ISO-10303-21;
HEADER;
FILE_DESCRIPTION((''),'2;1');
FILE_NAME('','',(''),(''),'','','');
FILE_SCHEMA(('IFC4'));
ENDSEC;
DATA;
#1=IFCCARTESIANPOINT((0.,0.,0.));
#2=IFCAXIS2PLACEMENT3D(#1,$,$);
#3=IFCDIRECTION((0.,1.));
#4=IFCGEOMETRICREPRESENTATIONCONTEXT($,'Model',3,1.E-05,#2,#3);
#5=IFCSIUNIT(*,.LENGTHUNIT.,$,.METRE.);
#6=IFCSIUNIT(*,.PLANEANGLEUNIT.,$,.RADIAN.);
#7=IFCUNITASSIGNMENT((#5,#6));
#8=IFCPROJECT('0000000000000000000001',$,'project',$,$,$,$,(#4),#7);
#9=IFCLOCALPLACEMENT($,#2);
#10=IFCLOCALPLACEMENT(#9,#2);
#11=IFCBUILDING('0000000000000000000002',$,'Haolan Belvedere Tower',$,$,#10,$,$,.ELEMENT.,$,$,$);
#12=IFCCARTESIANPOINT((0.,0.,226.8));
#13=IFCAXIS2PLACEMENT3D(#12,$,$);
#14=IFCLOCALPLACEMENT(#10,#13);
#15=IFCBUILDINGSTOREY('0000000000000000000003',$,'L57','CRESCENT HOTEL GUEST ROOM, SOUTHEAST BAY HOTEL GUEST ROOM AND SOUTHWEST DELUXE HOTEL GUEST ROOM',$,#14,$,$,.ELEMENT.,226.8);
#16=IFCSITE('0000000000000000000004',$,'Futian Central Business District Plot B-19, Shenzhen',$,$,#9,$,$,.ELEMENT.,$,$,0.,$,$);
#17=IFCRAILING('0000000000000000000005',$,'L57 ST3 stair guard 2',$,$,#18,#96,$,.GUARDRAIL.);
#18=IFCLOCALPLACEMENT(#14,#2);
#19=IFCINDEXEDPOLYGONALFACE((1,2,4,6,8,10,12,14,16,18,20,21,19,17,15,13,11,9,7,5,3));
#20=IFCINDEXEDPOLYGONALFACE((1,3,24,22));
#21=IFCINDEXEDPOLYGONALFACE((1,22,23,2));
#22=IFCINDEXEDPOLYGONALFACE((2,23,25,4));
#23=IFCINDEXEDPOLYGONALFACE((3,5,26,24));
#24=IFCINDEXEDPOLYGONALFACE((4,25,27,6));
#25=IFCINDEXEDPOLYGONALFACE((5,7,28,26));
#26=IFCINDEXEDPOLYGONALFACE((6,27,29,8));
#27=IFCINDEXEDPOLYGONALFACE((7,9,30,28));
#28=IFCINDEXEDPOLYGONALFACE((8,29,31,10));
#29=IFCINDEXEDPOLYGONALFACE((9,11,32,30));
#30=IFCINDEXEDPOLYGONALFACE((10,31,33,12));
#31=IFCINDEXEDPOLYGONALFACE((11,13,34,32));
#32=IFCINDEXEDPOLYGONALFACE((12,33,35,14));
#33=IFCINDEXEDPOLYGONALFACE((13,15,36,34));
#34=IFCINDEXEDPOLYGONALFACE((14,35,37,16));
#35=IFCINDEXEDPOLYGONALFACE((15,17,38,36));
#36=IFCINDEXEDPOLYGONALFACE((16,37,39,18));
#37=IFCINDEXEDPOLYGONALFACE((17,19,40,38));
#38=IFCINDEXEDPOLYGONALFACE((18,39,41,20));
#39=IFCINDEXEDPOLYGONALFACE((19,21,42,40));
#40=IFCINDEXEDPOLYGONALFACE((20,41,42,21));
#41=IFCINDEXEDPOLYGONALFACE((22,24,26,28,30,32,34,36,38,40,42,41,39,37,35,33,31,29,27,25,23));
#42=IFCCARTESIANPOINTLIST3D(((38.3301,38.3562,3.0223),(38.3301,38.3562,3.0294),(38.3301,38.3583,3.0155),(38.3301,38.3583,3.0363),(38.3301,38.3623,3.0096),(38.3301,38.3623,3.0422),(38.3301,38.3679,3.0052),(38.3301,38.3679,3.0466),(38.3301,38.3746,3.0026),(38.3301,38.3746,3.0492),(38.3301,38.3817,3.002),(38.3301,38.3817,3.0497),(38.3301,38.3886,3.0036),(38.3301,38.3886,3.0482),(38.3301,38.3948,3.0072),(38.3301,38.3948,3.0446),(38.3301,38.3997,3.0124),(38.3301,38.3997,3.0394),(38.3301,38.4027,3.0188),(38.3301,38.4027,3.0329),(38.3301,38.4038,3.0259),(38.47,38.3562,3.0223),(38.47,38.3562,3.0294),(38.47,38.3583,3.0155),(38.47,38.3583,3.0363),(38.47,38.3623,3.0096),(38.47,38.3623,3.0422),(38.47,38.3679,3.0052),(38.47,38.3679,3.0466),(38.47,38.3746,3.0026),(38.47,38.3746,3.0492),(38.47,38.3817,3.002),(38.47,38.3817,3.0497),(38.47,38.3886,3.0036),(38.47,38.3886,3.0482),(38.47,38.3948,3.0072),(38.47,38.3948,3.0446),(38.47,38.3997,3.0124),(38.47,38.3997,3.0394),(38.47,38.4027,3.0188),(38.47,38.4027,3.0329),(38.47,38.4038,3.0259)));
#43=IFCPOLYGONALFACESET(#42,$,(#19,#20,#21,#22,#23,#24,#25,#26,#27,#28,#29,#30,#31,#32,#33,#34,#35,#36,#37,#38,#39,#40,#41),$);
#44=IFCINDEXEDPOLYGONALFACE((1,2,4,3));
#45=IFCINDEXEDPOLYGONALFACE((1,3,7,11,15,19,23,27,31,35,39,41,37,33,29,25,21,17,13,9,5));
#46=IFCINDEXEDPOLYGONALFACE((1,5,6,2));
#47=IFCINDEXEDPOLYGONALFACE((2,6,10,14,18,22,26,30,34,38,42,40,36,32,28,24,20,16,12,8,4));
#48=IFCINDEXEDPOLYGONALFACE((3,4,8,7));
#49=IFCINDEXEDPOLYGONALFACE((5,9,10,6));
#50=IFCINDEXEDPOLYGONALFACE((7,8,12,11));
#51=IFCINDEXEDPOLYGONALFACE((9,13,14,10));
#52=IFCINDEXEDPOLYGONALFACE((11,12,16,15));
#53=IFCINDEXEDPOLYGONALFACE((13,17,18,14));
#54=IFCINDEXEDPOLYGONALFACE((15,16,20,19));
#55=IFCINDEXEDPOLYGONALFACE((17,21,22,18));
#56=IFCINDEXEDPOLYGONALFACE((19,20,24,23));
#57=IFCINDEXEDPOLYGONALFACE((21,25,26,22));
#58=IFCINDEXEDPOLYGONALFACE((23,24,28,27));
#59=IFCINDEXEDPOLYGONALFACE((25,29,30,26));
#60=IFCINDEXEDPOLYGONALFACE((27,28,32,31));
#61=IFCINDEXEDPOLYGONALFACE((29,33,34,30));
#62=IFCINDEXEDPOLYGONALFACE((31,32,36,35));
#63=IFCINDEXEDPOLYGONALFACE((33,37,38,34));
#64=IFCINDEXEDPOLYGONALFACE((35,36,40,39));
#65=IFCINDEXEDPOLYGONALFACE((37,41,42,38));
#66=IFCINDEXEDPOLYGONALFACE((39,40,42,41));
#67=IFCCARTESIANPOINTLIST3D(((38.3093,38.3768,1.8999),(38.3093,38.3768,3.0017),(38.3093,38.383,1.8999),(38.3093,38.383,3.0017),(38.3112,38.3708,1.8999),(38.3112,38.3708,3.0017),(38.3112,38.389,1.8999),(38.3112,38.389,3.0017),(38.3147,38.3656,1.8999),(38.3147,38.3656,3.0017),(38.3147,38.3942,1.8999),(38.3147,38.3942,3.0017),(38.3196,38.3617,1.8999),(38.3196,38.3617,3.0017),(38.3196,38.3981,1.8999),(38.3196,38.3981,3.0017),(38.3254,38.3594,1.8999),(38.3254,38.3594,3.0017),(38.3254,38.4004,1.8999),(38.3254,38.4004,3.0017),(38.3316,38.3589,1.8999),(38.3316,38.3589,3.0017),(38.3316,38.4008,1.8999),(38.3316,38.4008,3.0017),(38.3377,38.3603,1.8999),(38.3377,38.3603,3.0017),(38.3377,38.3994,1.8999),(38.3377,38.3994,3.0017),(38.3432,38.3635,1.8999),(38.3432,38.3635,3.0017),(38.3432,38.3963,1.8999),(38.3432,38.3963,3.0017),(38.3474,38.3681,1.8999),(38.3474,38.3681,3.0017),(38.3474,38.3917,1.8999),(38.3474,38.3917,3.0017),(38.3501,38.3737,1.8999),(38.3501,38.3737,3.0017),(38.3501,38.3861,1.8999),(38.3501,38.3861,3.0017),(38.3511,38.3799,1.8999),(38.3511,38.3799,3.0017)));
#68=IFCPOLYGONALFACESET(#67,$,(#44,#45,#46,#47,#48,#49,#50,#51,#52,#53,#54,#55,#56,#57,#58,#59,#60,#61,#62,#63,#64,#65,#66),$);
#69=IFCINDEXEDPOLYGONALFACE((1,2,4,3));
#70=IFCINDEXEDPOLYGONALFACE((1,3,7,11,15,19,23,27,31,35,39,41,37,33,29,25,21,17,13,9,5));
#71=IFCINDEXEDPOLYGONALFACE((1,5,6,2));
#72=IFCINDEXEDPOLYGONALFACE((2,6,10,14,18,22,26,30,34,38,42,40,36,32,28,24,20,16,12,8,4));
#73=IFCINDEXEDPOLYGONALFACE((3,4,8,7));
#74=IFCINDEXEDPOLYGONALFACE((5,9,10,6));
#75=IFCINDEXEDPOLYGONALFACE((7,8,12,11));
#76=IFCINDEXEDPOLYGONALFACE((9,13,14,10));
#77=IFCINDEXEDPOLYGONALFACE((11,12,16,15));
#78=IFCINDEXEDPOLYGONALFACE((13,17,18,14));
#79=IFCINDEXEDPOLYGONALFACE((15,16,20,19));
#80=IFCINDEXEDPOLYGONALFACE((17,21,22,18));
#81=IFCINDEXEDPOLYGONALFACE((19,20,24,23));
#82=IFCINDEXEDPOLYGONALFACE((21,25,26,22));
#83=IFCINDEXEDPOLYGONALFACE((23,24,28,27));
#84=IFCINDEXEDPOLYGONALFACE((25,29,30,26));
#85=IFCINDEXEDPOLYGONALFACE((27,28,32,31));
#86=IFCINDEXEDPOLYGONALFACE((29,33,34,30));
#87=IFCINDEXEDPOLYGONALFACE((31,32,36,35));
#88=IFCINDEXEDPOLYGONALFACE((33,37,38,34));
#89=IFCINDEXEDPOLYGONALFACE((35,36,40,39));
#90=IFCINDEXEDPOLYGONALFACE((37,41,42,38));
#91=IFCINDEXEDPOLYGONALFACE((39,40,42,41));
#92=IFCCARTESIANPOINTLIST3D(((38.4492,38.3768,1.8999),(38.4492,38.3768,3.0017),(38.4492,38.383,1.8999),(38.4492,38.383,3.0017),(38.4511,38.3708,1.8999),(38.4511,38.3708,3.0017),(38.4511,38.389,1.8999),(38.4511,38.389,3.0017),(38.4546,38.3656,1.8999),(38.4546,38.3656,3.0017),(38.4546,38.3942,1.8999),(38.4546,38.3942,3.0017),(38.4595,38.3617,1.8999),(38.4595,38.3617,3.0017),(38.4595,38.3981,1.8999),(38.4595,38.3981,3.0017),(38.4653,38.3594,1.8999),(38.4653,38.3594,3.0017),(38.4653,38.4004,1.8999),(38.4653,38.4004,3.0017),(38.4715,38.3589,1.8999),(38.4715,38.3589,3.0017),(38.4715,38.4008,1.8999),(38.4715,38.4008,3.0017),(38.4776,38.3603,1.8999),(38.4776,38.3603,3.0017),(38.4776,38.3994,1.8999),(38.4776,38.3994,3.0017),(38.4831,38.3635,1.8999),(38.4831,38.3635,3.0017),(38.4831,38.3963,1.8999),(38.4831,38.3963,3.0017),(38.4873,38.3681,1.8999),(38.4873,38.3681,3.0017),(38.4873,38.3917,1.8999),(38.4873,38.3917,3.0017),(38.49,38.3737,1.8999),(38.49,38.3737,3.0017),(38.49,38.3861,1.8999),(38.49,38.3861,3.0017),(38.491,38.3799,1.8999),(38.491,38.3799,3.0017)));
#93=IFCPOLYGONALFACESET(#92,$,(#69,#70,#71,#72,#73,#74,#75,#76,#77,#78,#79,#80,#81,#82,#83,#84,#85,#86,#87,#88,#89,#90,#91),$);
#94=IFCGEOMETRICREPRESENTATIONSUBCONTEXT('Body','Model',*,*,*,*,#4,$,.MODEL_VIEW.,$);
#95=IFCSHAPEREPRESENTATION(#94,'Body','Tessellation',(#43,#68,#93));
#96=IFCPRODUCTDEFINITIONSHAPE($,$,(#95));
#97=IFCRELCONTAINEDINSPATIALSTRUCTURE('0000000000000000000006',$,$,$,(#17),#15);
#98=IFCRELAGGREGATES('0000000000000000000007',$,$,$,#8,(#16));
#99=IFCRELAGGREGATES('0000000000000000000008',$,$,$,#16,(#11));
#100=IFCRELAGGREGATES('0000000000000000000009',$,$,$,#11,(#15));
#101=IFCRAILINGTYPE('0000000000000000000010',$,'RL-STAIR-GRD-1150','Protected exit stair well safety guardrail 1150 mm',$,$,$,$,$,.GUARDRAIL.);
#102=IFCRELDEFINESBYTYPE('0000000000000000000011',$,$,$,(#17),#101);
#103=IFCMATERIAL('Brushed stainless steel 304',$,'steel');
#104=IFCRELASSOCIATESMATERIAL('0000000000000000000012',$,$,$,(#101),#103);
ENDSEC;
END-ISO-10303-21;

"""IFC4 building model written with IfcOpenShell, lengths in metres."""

from ifc_helpers import new_model, si_unit, direction, frame, origin, origin_2d, place, context, subcontext, project, spatial, circle, extrude, material, type_object, element, save


model = new_model("IFC4")

# Units and contexts
model_context = context("Model", 3, precision=1e-05, world=origin(), true_north=direction((0.0, 1.0)))
body_context = subcontext(model_context, "Body", "Model", "MODEL_VIEW")
ifc_project = project(units=[si_unit("LENGTHUNIT", "METRE"), si_unit("PLANEANGLEUNIT", "RADIAN")], contexts=[model_context])

# Site, building, storey
site_placement = place(None, origin())
site = spatial("IfcSite", under=ifc_project, at=site_placement, Name="Futian Central Business District Plot B-19, Shenzhen", CompositionType="ELEMENT", RefElevation=0.0)
building_placement = place(site_placement, origin())
building = spatial("IfcBuilding", under=site, at=building_placement, Name="Haolan Belvedere Tower", CompositionType="ELEMENT")
storey_placement = place(building_placement, frame((0.0, 0.0, 226.8)))
storey = spatial("IfcBuildingStorey", under=building, at=storey_placement, Name="L57", Description="CRESCENT HOTEL GUEST ROOM, SOUTHEAST BAY HOTEL GUEST ROOM AND SOUTHWEST DELUXE HOTEL GUEST ROOM", CompositionType="ELEMENT", Elevation=226.8)

# Railing
ifc_material_1 = material(Name="Brushed stainless steel 304", Category="steel")
railing_type_1 = type_object("IfcRailingType", Name="RL-STAIR-GRD-1150", Description="Protected exit stair well safety guardrail 1150 mm", PredefinedType="GUARDRAIL", material=ifc_material_1)
railing_1_placement = place(storey_placement, frame((38.3301, 38.3799, 1.8999)))
element("IfcRailing", 1, at=railing_1_placement, inside=storey, type_object=railing_type_1, Name="L57 ST3 stair guard 2", PredefinedType="GUARDRAIL", context=body_context, shape_type="SweptSolid", body=[
    extrude(circle(Radius=0.0239, at=origin_2d()), frame((0.0, 0.0, 1.126), z_axis=(1.0, 0.0, 0.0), x_axis=(0.0, 1.0, 0.0)), (0.0, 0.0, 1.0), 0.1399),
    extrude(circle(Radius=0.021, at=origin_2d()), origin(), (0.0, 0.0, 1.0), 1.1018),
    extrude(circle(Radius=0.021, at=origin_2d()), frame((0.1399, 0.0, 0.0)), (0.0, 0.0, 1.0), 1.1018),
])

save(model, "model.ifc")
